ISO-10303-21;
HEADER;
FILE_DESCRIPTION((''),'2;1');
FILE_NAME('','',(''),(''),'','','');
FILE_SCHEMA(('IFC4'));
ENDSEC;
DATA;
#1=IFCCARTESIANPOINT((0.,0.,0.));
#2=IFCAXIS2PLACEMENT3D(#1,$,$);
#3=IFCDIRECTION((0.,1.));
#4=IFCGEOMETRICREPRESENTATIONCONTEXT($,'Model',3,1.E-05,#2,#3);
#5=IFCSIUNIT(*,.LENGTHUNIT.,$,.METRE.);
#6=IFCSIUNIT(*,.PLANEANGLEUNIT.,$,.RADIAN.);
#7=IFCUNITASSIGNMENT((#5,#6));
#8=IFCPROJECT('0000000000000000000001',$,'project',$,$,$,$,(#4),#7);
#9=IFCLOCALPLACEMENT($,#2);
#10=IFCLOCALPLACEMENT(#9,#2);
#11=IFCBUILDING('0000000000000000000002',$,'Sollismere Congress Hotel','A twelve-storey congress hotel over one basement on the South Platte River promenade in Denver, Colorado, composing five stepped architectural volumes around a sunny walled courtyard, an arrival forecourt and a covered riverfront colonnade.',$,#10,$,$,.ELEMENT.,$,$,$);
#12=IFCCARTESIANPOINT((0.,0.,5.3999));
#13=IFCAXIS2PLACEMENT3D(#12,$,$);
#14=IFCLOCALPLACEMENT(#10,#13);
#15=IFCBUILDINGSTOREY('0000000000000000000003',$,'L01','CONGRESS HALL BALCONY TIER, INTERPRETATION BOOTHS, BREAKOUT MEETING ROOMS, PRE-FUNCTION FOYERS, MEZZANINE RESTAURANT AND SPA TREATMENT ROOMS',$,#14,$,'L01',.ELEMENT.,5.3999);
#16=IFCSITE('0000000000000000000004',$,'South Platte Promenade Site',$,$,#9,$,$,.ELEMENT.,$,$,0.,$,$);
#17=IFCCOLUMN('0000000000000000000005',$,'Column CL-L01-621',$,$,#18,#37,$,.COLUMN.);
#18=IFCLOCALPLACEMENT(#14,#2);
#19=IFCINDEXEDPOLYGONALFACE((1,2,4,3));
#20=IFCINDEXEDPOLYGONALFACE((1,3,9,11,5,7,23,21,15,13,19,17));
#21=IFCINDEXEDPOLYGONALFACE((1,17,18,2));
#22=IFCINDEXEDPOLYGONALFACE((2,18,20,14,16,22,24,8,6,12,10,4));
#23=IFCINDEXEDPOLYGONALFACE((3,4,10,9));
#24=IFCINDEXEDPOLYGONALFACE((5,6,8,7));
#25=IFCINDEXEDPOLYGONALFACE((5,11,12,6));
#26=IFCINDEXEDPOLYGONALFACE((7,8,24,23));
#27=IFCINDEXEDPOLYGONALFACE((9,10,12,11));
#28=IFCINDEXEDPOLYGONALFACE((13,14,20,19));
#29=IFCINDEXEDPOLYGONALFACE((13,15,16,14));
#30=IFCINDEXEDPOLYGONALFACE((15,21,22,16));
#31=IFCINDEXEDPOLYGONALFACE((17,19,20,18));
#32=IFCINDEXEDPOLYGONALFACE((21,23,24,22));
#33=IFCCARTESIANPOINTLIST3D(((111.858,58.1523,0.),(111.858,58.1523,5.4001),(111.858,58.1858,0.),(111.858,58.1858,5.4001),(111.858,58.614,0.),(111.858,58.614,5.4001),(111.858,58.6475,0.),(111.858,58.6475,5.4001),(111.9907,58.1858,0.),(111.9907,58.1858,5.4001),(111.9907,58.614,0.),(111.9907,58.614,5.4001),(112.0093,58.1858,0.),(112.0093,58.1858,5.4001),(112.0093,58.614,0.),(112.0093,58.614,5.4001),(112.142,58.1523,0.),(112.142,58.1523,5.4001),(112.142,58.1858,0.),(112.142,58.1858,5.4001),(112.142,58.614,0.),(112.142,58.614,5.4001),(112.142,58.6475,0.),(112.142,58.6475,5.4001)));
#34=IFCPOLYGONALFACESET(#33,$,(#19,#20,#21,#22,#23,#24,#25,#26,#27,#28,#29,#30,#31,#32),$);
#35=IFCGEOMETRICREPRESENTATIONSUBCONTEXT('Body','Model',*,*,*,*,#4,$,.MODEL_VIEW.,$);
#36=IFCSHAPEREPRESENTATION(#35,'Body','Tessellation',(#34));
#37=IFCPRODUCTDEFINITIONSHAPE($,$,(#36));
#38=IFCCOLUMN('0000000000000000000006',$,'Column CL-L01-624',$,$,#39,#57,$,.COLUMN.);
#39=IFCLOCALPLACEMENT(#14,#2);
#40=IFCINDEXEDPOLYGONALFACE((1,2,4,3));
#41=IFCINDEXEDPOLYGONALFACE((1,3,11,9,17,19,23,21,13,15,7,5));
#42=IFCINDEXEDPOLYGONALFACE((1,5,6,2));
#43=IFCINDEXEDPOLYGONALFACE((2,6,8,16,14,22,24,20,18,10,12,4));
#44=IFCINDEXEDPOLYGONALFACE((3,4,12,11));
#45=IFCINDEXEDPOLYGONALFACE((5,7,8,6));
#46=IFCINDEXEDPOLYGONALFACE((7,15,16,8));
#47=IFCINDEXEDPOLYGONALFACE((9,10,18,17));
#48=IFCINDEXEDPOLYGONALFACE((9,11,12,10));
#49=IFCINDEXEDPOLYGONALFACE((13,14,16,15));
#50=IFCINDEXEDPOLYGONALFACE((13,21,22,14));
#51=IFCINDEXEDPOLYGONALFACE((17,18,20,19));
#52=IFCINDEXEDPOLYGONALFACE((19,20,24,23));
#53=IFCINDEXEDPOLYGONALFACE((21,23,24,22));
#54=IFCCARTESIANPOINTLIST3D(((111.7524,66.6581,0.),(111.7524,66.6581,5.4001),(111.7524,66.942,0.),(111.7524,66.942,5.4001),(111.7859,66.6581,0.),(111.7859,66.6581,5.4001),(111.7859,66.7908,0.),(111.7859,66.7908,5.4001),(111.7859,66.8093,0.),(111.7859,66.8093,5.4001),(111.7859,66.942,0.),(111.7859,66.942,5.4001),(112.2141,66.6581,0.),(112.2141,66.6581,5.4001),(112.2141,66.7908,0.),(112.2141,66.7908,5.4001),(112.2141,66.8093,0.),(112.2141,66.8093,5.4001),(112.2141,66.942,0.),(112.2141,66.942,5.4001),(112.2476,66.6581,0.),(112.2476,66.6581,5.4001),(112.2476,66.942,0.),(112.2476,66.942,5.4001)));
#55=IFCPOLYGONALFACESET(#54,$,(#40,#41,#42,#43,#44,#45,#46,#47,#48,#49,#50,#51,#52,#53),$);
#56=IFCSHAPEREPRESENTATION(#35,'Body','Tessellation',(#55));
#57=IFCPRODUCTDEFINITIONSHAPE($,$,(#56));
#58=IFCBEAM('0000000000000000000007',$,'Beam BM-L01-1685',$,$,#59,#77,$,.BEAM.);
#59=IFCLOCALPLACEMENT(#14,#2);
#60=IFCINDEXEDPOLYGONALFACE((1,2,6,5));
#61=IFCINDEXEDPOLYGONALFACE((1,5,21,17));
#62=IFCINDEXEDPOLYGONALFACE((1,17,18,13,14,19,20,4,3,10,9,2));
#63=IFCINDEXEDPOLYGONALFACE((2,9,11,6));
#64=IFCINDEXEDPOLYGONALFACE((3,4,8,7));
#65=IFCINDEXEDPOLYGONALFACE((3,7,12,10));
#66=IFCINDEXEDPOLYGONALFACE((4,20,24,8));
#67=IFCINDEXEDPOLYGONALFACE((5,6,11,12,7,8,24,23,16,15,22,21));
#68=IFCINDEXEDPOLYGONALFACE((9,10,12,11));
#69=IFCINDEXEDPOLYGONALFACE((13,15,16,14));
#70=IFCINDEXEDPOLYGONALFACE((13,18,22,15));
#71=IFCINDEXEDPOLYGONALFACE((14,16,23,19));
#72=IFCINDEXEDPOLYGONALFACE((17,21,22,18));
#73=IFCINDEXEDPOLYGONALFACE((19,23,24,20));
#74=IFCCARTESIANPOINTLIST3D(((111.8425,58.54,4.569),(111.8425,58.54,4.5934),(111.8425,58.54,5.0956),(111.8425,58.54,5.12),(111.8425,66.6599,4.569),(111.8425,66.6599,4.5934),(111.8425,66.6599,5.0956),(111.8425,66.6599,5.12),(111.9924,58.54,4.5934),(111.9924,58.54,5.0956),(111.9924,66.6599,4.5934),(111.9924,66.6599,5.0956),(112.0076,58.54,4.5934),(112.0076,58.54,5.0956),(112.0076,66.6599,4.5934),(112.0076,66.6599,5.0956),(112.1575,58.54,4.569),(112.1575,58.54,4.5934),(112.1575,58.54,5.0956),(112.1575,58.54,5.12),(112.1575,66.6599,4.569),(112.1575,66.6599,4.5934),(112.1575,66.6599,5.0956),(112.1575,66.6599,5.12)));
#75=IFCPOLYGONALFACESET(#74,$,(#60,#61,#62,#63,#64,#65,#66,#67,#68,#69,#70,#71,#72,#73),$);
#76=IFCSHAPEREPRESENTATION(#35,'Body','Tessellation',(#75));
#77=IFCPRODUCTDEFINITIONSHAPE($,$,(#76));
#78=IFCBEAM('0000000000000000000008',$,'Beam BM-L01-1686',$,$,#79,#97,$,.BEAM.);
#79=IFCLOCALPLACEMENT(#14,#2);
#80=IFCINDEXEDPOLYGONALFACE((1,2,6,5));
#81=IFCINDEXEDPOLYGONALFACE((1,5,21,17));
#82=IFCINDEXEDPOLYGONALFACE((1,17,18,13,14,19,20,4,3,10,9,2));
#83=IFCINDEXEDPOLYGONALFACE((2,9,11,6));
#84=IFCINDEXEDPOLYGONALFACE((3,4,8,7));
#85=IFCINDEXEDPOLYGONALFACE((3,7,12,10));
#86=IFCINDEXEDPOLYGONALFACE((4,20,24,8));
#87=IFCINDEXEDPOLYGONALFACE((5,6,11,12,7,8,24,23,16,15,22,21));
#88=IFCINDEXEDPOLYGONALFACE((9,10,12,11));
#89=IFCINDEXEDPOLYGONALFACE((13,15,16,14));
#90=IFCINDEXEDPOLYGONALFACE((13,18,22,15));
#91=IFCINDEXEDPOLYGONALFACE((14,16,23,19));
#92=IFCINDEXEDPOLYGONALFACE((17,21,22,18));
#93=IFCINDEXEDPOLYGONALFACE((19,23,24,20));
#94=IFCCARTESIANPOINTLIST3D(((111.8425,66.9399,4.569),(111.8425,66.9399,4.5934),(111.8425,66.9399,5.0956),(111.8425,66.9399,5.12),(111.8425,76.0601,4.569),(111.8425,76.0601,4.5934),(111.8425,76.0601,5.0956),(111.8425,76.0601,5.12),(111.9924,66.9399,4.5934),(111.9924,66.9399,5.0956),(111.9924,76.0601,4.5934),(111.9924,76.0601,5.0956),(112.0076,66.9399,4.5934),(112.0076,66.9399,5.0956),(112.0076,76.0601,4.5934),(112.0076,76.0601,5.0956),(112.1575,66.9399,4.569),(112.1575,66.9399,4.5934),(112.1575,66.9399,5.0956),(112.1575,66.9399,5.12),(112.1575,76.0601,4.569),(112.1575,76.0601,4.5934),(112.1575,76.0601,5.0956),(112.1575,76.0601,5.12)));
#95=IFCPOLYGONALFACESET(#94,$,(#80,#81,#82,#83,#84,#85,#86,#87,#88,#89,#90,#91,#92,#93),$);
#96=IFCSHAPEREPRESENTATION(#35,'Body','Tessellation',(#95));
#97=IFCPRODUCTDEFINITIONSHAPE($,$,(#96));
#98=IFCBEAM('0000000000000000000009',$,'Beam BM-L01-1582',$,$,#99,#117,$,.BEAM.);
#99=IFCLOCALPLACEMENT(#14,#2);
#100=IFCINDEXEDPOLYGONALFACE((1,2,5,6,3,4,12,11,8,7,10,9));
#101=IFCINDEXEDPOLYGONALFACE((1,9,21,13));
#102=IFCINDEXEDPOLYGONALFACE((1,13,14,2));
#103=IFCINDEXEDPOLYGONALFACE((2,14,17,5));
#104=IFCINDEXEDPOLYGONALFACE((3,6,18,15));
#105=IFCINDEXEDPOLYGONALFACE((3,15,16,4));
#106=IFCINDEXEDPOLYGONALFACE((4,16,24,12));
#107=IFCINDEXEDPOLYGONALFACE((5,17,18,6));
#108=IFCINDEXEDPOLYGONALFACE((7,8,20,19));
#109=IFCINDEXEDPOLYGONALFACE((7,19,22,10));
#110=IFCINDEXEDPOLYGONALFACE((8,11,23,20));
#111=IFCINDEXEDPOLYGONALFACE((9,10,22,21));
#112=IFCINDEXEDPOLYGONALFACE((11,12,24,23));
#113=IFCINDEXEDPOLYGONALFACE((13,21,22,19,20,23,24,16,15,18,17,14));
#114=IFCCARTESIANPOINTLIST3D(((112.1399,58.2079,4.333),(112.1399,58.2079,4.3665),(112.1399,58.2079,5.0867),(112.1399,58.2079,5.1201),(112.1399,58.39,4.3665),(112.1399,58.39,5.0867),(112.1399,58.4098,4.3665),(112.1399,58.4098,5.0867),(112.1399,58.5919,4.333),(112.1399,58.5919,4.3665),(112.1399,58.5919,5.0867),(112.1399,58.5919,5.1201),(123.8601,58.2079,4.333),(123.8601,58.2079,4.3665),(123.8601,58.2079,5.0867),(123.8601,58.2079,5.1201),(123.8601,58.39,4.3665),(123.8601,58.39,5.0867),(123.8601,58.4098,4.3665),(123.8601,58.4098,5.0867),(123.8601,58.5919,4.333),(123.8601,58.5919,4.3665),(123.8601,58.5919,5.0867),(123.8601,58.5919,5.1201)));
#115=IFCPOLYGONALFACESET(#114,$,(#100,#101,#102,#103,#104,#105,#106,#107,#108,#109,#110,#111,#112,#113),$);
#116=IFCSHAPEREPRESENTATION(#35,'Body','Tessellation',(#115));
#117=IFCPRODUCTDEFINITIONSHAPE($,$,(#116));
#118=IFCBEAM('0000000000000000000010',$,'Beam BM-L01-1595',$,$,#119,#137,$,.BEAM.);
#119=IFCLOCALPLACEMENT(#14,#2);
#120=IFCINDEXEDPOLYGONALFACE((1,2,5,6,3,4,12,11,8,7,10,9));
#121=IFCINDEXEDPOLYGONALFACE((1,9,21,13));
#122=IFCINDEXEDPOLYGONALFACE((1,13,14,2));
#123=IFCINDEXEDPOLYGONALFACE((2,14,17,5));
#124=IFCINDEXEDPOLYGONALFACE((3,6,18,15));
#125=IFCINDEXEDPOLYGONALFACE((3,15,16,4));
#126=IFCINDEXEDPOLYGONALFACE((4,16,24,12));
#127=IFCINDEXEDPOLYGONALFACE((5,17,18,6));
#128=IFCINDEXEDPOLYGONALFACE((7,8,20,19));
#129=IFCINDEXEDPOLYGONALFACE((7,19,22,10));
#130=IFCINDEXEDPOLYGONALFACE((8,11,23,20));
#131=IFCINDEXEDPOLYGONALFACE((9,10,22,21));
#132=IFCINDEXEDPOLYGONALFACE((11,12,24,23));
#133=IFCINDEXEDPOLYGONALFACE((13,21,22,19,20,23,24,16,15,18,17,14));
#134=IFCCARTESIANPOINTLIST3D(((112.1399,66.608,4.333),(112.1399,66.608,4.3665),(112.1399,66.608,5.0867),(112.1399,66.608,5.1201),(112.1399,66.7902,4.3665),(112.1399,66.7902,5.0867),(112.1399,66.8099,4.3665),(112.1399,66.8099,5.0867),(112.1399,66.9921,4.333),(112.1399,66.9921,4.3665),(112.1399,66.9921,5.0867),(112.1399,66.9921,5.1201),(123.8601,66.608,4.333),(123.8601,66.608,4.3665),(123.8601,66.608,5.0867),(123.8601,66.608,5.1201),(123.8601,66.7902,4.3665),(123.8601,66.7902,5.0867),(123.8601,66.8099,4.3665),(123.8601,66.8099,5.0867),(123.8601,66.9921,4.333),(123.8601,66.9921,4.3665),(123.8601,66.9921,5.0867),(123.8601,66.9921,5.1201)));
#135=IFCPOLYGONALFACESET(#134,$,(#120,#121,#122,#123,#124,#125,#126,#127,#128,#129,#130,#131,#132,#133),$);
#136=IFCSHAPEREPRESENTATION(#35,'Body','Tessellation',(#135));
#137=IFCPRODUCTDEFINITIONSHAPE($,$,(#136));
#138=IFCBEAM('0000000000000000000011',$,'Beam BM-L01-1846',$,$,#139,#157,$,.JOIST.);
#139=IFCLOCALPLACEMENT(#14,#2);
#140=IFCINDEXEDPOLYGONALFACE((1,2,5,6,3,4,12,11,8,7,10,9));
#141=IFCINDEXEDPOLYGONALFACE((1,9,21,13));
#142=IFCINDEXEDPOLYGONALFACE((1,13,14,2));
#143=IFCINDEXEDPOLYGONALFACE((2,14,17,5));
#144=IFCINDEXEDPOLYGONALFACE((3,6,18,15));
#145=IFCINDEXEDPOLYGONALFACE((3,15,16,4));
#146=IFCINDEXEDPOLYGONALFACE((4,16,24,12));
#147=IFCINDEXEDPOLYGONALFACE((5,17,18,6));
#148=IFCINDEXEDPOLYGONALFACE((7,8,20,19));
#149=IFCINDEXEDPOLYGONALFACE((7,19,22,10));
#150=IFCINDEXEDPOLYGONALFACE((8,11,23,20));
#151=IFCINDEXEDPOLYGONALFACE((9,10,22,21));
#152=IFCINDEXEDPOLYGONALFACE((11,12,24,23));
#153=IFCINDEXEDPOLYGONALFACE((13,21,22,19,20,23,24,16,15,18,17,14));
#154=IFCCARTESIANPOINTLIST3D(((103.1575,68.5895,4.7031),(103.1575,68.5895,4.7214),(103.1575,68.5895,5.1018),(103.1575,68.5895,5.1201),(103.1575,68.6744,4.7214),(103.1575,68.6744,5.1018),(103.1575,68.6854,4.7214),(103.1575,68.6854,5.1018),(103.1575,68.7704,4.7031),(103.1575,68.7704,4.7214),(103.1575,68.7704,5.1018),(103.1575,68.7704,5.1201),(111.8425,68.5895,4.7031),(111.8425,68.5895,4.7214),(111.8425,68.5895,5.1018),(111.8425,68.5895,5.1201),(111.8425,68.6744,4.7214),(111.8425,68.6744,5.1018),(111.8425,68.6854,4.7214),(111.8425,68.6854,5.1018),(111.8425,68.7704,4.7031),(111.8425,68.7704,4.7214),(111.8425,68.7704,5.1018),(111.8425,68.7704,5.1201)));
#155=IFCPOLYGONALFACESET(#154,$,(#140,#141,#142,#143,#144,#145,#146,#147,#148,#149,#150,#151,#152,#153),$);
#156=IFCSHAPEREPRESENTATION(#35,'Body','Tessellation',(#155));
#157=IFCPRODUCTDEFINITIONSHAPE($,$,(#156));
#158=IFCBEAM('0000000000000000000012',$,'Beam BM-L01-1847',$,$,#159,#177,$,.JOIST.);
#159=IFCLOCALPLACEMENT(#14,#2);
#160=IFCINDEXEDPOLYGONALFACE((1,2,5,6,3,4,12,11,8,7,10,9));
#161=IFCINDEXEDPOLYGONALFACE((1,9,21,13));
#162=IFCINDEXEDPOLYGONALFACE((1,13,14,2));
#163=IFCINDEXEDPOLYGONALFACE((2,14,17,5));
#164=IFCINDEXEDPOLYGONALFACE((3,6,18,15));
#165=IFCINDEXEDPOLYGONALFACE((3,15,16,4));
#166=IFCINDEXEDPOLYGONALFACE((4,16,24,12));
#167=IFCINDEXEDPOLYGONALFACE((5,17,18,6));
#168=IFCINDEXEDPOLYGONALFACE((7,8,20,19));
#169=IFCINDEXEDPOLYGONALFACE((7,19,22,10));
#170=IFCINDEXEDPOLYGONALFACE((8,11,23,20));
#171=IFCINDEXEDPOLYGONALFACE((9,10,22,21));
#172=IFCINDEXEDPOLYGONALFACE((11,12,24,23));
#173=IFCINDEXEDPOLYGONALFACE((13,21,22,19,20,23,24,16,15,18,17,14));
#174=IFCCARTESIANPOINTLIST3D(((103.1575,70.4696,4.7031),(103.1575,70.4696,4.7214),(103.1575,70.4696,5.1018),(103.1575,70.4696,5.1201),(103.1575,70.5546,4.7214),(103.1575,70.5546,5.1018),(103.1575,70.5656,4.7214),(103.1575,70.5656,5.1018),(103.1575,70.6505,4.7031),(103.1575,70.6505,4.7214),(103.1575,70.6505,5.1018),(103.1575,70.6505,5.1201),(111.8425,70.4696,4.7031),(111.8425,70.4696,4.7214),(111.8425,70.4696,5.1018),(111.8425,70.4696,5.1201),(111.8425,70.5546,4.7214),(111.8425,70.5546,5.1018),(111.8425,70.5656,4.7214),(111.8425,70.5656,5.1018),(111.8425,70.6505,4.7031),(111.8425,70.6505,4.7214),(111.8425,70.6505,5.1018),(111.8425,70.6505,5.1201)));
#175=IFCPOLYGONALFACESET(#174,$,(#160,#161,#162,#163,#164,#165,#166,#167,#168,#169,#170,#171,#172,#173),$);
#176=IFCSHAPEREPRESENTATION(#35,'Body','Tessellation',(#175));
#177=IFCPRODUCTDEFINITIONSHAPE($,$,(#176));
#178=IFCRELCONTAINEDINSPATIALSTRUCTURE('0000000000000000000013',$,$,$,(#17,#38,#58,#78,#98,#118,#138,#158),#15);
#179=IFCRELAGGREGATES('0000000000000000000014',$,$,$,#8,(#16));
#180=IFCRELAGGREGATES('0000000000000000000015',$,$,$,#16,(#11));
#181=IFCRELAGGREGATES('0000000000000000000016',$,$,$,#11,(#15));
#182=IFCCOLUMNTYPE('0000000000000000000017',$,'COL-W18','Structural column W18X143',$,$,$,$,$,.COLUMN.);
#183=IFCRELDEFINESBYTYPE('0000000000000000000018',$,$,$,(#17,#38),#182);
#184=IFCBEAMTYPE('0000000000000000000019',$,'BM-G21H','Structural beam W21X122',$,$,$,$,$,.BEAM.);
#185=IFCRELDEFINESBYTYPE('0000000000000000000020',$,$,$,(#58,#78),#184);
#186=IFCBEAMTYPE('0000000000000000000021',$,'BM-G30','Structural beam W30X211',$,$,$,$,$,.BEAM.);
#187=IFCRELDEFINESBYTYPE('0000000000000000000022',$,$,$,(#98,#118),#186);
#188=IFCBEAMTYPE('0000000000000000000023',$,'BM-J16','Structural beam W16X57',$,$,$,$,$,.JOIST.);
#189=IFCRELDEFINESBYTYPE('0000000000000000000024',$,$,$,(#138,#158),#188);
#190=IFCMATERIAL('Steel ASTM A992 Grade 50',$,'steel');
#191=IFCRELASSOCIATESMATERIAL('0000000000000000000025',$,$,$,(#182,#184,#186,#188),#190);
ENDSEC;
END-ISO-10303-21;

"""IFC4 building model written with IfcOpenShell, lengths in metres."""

from ifc_helpers import new_model, si_unit, direction, frame, origin, origin_2d, place, context, subcontext, project, spatial, i_section, extrude, material, material_profile, profile_set, type_object, element, save


model = new_model("IFC4")

# Units and contexts
model_context = context("Model", 3, precision=1e-05, world=origin(), true_north=direction((0.0, 1.0)))
body_context = subcontext(model_context, "Body", "Model", "MODEL_VIEW")
ifc_project = project(units=[si_unit("LENGTHUNIT", "METRE"), si_unit("PLANEANGLEUNIT", "RADIAN")], contexts=[model_context])

# Site, building, storey
site_placement = place(None, origin())
site = spatial("IfcSite", under=ifc_project, at=site_placement, Name="South Platte Promenade Site", CompositionType="ELEMENT", RefElevation=0.0)
building_placement = place(site_placement, origin())
building = spatial("IfcBuilding", under=site, at=building_placement, Name="Sollismere Congress Hotel", Description="A twelve-storey congress hotel over one basement on the South Platte River promenade in Denver, Colorado, composing five stepped architectural volumes around a sunny walled courtyard, an arrival forecourt and a covered riverfront colonnade.", CompositionType="ELEMENT")
storey_placement = place(building_placement, frame((0.0, 0.0, 5.3999)))
storey = spatial("IfcBuildingStorey", under=building, at=storey_placement, Name="L01", Description="CONGRESS HALL BALCONY TIER, INTERPRETATION BOOTHS, BREAKOUT MEETING ROOMS, PRE-FUNCTION FOYERS, MEZZANINE RESTAURANT AND SPA TREATMENT ROOMS", LongName="L01", CompositionType="ELEMENT", Elevation=5.3999)

# Columns
ifc_material_1 = material(Name="Steel ASTM A992 Grade 50", Category="steel")
ifc_material_profile_1 = material_profile(ifc_material_1, i_section(OverallWidth=0.2839, OverallDepth=0.4951, WebThickness=0.0186, FlangeThickness=0.0334, at=origin_2d()), Name="W18X143")
ifc_profile_set_1 = profile_set([ifc_material_profile_1], Name="Steel ASTM A992 Grade 50")
column_type = type_object("IfcColumnType", Name="COL-W18", Description="Structural column W18X143", PredefinedType="COLUMN", material=ifc_profile_set_1)
for number, where, z_axis, x_axis, name in (
    (1, (112.0, 58.3999, 0.0), (0.0, 0.0, 1.0), (1.0, 0.0, 0.0), "Column CL-L01-621"),
    (2, (112.0, 66.8, 0.0), (0.0, 0.0, 1.0), (0.0, 1.0, 0.0), "Column CL-L01-624"),
):
    element("IfcColumn", number, at=place(storey_placement, frame(where, z_axis=z_axis, x_axis=x_axis)), inside=storey, type_object=column_type, Name=name, PredefinedType="COLUMN", context=body_context, shape_type="SweptSolid", body=[
        extrude(i_section(OverallWidth=0.2839, OverallDepth=0.4951, WebThickness=0.0186, FlangeThickness=0.0334, at=origin_2d()), origin(), (0.0, 0.0, 1.0), 5.4001),
    ])

# Beams
ifc_material_profile_2 = material_profile(ifc_material_1, i_section(OverallWidth=0.3149, OverallDepth=0.551, WebThickness=0.0151, FlangeThickness=0.0244, at=origin_2d()), Name="W21X122")
ifc_profile_set_2 = profile_set([ifc_material_profile_2], Name="Steel ASTM A992 Grade 50")
beam_type_1 = type_object("IfcBeamType", Name="BM-G21H", Description="Structural beam W21X122", PredefinedType="BEAM", material=ifc_profile_set_2)
beam_1_placement = place(storey_placement, frame((112.0, 58.54, 4.8445), z_axis=(0.0, 1.0, 0.0), x_axis=(-1.0, 0.0, 0.0)))
element("IfcBeam", 3, at=beam_1_placement, inside=storey, type_object=beam_type_1, Name="Beam BM-L01-1685", PredefinedType="BEAM", context=body_context, shape_type="SweptSolid", body=[
    extrude(i_section(OverallWidth=0.3149, OverallDepth=0.551, WebThickness=0.0151, FlangeThickness=0.0244, at=origin_2d()), origin(), (0.0, 0.0, 1.0), 8.1199),
])
beam_2_placement = place(storey_placement, frame((112.0, 66.9399, 4.8445), z_axis=(0.0, 1.0, 0.0), x_axis=(-1.0, 0.0, 0.0)))
element("IfcBeam", 4, at=beam_2_placement, inside=storey, type_object=beam_type_1, Name="Beam BM-L01-1686", PredefinedType="BEAM", context=body_context, shape_type="SweptSolid", body=[
    extrude(i_section(OverallWidth=0.3149, OverallDepth=0.551, WebThickness=0.0151, FlangeThickness=0.0244, at=origin_2d()), origin(), (0.0, 0.0, 1.0), 9.1201),
])
ifc_material_profile_3 = material_profile(ifc_material_1, i_section(OverallWidth=0.384, OverallDepth=0.7871, WebThickness=0.0198, FlangeThickness=0.0334, at=origin_2d()), Name="W30X211")
ifc_profile_set_3 = profile_set([ifc_material_profile_3], Name="Steel ASTM A992 Grade 50")
beam_type_2 = type_object("IfcBeamType", Name="BM-G30", Description="Structural beam W30X211", PredefinedType="BEAM", material=ifc_profile_set_3)
for number, where, z_axis, x_axis, name in (
    (5, (112.1399, 58.3999, 4.7266), (1.0, 0.0, 0.0), (0.0, 1.0, 0.0), "Beam BM-L01-1582"),
    (6, (112.1399, 66.8, 4.7266), (1.0, 0.0, 0.0), (0.0, 1.0, 0.0), "Beam BM-L01-1595"),
):
    element("IfcBeam", number, at=place(storey_placement, frame(where, z_axis=z_axis, x_axis=x_axis)), inside=storey, type_object=beam_type_2, Name=name, PredefinedType="BEAM", context=body_context, shape_type="SweptSolid", body=[
        extrude(i_section(OverallWidth=0.384, OverallDepth=0.7871, WebThickness=0.0198, FlangeThickness=0.0334, at=origin_2d()), origin(), (0.0, 0.0, 1.0), 11.7202),
    ])
ifc_material_profile_4 = material_profile(ifc_material_1, i_section(OverallWidth=0.1809, OverallDepth=0.417, WebThickness=0.011, FlangeThickness=0.0183, at=origin_2d()), Name="W16X57")
ifc_profile_set_4 = profile_set([ifc_material_profile_4], Name="Steel ASTM A992 Grade 50")
beam_type_3 = type_object("IfcBeamType", Name="BM-J16", Description="Structural beam W16X57", PredefinedType="JOIST", material=ifc_profile_set_4)
for number, where, z_axis, x_axis, name in (
    (7, (103.1575, 68.6799, 4.9116), (1.0, 0.0, 0.0), (0.0, 1.0, 0.0), "Beam BM-L01-1846"),
    (8, (103.1575, 70.5601, 4.9116), (1.0, 0.0, 0.0), (0.0, 1.0, 0.0), "Beam BM-L01-1847"),
):
    element("IfcBeam", number, at=place(storey_placement, frame(where, z_axis=z_axis, x_axis=x_axis)), inside=storey, type_object=beam_type_3, Name=name, PredefinedType="JOIST", context=body_context, shape_type="SweptSolid", body=[
        extrude(i_section(OverallWidth=0.1809, OverallDepth=0.417, WebThickness=0.011, FlangeThickness=0.0183, at=origin_2d()), origin(), (0.0, 0.0, 1.0), 8.6851),
    ])

save(model, "model.ifc")
